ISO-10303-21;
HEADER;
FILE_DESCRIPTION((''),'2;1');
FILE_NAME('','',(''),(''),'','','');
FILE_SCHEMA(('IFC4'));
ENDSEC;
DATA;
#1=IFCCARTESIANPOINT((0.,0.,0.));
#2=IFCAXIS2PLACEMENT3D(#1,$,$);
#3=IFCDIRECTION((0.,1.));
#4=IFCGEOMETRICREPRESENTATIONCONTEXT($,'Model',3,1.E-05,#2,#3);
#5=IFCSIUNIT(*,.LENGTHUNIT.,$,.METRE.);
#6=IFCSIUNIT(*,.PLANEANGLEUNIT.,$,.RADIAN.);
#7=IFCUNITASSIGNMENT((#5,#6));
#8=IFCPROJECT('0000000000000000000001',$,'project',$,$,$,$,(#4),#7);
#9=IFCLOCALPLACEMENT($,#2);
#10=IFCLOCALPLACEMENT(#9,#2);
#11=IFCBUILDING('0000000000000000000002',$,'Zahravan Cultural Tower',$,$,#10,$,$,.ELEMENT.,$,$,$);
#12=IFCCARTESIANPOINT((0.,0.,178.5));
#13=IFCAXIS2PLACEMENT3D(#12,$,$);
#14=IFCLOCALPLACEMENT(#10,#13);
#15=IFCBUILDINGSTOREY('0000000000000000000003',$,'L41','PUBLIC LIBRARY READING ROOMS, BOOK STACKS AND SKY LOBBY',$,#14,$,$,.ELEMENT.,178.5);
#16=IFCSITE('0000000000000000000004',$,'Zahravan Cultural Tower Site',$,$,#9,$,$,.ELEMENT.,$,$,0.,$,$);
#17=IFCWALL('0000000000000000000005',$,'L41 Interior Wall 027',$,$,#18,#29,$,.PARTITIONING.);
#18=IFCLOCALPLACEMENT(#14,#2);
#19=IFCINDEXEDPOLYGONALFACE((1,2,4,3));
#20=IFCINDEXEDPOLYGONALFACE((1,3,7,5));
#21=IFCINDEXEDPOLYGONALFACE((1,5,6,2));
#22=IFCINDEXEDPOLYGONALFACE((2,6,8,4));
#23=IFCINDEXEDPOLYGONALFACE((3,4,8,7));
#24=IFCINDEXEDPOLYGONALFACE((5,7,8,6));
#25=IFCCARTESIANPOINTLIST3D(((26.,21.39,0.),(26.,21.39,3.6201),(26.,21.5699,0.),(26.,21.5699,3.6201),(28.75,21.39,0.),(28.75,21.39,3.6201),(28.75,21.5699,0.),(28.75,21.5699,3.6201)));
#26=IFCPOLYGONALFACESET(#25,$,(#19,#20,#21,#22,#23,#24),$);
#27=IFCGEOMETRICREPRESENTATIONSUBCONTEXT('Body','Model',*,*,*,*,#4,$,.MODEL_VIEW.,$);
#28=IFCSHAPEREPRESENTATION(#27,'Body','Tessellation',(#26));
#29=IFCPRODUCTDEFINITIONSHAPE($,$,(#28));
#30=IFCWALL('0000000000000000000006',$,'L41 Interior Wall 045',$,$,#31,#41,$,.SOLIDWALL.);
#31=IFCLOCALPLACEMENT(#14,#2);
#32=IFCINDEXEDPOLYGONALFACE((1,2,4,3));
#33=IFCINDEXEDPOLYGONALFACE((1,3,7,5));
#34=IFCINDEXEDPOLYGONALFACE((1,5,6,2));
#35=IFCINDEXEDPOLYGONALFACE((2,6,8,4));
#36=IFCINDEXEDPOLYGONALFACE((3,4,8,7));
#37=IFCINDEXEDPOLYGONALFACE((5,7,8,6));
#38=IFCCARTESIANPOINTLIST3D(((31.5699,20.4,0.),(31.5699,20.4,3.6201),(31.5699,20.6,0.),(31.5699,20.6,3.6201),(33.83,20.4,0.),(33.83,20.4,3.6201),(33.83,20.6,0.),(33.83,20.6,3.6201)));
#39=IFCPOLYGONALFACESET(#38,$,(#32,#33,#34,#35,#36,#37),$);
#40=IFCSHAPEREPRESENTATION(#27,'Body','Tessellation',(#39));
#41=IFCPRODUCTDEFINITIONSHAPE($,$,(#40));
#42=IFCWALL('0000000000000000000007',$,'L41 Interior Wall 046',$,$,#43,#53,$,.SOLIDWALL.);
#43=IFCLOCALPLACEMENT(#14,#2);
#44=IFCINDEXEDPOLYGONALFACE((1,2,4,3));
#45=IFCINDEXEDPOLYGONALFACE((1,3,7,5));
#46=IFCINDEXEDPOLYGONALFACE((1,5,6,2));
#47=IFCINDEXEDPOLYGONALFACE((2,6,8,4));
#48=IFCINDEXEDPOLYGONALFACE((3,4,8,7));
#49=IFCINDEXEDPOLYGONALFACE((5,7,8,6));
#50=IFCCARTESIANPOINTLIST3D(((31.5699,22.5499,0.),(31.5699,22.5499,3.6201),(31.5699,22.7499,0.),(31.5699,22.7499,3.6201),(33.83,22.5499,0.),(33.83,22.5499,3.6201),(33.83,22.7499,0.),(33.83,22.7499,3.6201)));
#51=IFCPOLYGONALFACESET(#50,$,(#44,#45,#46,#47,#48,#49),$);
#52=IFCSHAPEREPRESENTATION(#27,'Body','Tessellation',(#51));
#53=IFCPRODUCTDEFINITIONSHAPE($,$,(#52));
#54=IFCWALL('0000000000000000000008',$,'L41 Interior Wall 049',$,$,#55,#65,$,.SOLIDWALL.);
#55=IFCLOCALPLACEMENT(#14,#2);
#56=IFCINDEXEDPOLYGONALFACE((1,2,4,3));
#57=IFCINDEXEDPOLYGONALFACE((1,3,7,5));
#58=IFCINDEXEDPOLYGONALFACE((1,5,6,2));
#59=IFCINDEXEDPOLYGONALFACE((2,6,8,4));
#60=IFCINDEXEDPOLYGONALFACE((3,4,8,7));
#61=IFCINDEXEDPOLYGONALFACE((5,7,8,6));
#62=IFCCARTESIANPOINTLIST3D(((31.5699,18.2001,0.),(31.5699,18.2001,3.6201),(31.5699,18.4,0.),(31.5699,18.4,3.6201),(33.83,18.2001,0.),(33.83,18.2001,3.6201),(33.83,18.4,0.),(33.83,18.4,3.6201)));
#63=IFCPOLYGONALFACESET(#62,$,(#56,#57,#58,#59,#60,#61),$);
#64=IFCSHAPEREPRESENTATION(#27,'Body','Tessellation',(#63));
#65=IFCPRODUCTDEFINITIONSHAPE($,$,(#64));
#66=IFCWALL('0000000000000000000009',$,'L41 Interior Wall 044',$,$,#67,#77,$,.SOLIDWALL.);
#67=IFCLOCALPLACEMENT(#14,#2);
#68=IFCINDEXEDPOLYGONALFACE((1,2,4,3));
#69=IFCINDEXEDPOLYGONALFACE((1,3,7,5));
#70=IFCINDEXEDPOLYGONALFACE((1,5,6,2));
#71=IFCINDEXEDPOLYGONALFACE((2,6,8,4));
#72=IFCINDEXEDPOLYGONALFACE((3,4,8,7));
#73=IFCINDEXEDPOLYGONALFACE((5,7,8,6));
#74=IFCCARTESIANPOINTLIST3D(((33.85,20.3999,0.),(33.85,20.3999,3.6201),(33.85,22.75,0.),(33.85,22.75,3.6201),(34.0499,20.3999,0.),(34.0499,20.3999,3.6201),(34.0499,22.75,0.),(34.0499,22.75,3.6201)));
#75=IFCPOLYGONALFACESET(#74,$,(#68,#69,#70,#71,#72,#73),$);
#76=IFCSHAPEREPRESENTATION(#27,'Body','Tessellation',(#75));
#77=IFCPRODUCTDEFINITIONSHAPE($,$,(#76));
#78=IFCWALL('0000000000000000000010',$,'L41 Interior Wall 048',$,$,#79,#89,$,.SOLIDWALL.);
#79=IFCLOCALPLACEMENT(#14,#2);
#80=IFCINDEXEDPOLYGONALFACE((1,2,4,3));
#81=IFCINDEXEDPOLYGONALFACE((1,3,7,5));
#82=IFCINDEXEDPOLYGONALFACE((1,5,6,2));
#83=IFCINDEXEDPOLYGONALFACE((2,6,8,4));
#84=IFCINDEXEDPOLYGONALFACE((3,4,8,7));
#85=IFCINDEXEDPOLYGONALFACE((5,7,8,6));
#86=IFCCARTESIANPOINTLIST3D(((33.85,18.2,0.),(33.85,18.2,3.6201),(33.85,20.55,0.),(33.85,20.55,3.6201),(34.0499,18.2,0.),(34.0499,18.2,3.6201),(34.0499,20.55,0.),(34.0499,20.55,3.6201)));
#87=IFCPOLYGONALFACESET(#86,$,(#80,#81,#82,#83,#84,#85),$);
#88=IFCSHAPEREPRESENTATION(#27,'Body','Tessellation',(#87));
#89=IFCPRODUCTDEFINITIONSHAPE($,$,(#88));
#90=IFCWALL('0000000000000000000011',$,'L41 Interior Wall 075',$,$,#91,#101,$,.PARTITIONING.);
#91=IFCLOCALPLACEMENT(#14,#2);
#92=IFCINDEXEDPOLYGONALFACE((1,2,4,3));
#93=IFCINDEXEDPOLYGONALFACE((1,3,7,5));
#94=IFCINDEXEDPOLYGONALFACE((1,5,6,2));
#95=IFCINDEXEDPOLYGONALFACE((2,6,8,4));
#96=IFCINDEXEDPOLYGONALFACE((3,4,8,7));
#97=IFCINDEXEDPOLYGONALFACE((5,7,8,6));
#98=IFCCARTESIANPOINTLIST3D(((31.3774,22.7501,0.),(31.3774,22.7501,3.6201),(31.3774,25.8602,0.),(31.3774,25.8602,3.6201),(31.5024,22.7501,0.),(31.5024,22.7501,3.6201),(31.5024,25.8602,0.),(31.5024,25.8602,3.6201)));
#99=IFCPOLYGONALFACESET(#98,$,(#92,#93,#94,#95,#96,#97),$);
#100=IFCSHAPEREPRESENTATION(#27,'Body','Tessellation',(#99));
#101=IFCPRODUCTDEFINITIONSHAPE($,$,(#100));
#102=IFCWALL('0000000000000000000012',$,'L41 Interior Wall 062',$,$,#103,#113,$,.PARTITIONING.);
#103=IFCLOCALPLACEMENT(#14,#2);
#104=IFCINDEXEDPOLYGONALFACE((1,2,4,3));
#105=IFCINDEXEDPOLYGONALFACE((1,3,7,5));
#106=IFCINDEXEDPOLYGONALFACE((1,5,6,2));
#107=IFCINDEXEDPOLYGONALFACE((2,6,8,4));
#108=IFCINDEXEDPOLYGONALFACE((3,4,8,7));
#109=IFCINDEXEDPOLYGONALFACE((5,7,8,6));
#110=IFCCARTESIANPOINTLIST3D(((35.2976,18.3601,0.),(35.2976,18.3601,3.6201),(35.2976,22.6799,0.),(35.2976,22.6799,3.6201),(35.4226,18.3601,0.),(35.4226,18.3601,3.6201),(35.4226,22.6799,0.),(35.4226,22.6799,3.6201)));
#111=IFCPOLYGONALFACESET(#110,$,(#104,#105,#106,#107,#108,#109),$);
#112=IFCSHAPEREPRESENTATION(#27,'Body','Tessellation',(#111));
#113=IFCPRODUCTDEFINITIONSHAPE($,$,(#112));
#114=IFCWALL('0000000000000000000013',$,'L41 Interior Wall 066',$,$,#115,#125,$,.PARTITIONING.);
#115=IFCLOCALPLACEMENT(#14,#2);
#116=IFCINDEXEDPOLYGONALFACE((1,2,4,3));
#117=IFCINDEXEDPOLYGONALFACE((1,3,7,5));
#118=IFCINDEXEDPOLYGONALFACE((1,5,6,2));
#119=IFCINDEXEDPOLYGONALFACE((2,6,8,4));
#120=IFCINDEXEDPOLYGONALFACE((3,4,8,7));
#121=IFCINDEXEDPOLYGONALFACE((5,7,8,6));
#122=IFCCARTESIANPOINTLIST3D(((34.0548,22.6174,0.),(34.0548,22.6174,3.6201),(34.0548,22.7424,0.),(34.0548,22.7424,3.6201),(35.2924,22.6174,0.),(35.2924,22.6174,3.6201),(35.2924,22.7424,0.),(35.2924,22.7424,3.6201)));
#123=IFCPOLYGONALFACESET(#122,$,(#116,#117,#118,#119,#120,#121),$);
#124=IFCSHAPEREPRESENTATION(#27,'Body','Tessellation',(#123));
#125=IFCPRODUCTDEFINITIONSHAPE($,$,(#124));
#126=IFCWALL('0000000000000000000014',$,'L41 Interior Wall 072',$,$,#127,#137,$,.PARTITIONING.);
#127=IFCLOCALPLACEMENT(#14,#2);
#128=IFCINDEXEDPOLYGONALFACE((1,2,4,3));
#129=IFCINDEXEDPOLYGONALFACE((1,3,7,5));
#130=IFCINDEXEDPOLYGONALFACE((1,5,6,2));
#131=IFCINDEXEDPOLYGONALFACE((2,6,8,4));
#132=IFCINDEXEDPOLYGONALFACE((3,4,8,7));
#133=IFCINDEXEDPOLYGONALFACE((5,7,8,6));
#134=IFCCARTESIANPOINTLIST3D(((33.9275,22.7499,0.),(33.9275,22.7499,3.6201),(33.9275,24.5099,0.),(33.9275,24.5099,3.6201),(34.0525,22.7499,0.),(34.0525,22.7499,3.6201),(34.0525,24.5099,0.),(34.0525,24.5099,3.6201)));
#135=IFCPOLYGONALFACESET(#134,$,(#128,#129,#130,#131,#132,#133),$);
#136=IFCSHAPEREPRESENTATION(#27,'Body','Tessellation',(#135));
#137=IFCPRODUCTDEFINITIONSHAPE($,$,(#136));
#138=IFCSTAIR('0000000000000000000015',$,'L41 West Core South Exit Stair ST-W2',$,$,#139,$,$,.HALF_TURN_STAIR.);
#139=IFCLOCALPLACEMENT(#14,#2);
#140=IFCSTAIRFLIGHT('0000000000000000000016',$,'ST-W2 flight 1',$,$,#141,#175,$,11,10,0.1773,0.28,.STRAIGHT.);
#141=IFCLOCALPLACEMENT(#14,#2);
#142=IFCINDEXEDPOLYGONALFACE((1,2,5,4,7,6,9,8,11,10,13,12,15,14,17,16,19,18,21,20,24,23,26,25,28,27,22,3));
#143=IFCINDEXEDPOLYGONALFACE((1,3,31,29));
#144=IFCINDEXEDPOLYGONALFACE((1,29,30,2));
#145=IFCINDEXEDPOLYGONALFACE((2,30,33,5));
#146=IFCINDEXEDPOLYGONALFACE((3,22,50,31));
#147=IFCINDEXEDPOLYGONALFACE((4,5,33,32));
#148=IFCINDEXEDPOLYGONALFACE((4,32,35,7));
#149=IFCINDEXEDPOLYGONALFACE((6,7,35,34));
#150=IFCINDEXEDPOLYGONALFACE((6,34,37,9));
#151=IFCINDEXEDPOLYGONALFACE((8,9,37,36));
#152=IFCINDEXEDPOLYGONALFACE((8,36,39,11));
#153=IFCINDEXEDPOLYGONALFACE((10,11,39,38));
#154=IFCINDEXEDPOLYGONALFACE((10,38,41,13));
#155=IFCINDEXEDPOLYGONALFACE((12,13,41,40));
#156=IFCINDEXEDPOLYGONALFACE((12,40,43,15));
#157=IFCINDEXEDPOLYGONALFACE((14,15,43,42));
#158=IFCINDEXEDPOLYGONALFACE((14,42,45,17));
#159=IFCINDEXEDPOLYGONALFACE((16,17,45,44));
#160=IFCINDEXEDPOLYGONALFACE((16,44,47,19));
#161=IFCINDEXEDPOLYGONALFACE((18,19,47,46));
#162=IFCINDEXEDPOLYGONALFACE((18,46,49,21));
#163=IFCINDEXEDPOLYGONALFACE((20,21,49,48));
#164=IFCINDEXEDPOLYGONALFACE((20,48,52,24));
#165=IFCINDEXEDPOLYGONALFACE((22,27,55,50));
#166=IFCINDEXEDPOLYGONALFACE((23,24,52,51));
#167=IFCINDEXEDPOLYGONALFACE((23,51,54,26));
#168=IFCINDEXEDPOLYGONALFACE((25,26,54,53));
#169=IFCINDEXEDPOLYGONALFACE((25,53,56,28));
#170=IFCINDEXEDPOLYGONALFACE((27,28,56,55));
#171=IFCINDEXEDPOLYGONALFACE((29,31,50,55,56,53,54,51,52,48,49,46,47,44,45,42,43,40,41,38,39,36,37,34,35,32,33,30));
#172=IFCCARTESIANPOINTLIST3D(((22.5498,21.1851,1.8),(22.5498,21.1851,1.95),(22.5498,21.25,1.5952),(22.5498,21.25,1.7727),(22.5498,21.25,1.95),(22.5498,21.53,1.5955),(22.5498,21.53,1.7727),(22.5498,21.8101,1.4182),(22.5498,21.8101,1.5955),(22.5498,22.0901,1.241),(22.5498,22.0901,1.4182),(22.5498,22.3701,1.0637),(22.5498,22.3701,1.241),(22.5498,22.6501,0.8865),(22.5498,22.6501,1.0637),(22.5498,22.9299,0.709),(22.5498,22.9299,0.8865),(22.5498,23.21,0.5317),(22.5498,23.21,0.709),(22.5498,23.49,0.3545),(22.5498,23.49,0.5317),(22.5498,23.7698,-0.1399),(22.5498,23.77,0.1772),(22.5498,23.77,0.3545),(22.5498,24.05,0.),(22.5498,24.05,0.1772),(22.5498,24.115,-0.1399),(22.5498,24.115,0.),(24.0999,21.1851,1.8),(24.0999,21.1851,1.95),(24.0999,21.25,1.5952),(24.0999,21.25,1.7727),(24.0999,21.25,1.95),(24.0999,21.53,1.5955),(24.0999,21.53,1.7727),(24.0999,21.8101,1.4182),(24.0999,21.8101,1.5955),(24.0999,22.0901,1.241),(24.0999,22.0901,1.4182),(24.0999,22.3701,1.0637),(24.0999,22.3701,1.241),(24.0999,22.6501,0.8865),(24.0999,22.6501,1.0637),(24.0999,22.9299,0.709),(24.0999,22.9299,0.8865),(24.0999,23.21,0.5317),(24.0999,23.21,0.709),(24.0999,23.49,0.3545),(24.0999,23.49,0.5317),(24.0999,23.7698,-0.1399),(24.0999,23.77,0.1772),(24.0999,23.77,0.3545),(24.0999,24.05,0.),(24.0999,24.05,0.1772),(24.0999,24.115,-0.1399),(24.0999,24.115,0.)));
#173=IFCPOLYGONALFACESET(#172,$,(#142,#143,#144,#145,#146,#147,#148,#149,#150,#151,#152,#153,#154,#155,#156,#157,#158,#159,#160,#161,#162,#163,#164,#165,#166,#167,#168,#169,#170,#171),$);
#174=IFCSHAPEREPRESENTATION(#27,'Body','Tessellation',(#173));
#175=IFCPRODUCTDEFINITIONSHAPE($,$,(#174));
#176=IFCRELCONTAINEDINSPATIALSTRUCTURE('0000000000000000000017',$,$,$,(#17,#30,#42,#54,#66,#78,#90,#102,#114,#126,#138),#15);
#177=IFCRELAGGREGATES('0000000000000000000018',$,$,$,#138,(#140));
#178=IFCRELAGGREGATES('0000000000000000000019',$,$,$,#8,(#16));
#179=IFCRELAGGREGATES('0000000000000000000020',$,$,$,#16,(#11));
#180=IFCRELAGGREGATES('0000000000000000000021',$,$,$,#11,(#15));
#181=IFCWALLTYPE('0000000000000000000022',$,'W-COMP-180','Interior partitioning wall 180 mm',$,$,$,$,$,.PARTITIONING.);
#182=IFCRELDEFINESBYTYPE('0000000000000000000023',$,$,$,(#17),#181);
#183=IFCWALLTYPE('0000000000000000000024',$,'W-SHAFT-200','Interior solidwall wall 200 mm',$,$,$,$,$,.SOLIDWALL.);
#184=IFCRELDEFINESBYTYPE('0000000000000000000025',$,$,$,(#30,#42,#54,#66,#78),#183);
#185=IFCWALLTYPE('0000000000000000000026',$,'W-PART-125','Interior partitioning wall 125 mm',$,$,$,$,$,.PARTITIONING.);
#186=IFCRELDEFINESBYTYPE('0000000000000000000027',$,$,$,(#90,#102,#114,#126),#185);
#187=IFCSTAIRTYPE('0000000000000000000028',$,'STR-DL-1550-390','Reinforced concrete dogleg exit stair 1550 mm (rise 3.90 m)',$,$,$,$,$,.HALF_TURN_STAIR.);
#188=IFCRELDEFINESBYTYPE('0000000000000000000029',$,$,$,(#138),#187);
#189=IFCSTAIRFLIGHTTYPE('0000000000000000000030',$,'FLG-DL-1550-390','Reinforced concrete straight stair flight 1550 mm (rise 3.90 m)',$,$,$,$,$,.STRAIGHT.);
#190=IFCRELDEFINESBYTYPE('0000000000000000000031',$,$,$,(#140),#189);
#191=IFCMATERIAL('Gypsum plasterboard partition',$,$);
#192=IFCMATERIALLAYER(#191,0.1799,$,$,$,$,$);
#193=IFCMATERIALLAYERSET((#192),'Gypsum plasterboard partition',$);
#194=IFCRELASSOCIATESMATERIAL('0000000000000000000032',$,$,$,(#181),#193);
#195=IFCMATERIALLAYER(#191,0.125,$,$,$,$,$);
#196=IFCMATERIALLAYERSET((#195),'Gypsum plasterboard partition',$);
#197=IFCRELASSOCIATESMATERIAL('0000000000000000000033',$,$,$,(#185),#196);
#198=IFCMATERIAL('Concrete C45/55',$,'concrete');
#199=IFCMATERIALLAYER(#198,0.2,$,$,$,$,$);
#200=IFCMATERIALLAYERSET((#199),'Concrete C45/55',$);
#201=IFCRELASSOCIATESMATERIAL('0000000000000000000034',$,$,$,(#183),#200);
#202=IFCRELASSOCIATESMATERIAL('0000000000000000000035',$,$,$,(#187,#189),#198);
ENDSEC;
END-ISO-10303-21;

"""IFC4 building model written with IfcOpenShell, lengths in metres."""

from ifc_helpers import new_model, si_unit, direction, frame, frame_2d, origin, place, context, subcontext, project, spatial, polyline, rectangle, outline, extrude, source, transform, mapped, material, layer, layer_set, type_object, element, aggregate, save


model = new_model("IFC4")

# Units and contexts
model_context = context("Model", 3, precision=1e-05, world=origin(), true_north=direction((0.0, 1.0)))
body_context = subcontext(model_context, "Body", "Model", "MODEL_VIEW")
ifc_project = project(units=[si_unit("LENGTHUNIT", "METRE"), si_unit("PLANEANGLEUNIT", "RADIAN")], contexts=[model_context])

# Site, building, storey
site_placement = place(None, origin())
site = spatial("IfcSite", under=ifc_project, at=site_placement, Name="Zahravan Cultural Tower Site", CompositionType="ELEMENT", RefElevation=0.0)
building_placement = place(site_placement, origin())
building = spatial("IfcBuilding", under=site, at=building_placement, Name="Zahravan Cultural Tower", CompositionType="ELEMENT")
storey_placement = place(building_placement, frame((0.0, 0.0, 178.5)))
storey = spatial("IfcBuildingStorey", under=building, at=storey_placement, Name="L41", Description="PUBLIC LIBRARY READING ROOMS, BOOK STACKS AND SKY LOBBY", CompositionType="ELEMENT", Elevation=178.5)

# Shared definitions
ifc_material_1 = material(Name="Gypsum plasterboard partition")
ifc_layer_1 = layer(ifc_material_1, 0.1799)
ifc_layer_set_1 = layer_set([ifc_layer_1], Name="Gypsum plasterboard partition")
wall_type_1 = type_object("IfcWallType", Name="W-COMP-180", Description="Interior partitioning wall 180 mm", PredefinedType="PARTITIONING", material=ifc_layer_set_1)
ifc_layer_2 = layer(ifc_material_1, 0.125)
ifc_layer_set_2 = layer_set([ifc_layer_2], Name="Gypsum plasterboard partition")
wall_type_2 = type_object("IfcWallType", Name="W-PART-125", Description="Interior partitioning wall 125 mm", PredefinedType="PARTITIONING", material=ifc_layer_set_2)
ifc_material_2 = material(Name="Concrete C45/55", Category="concrete")
ifc_layer_3 = layer(ifc_material_2, 0.2)
ifc_layer_set_3 = layer_set([ifc_layer_3], Name="Concrete C45/55")
wall_type_3 = type_object("IfcWallType", Name="W-SHAFT-200", Description="Interior solidwall wall 200 mm", PredefinedType="SOLIDWALL", material=ifc_layer_set_3)

# Walls
shared_shape_1 = source(origin(), body_context, "Body", "SweptSolid", [
    extrude(rectangle(XDim=2.75, YDim=0.1799, at=frame_2d((1.375, 0.0))), origin(), (0.0, 0.0, 1.0), 3.6201),
])
wall_1_placement = place(storey_placement, frame((26.0, 21.48, 0.0), z_axis=(0.0, 0.0, 1.0), x_axis=(1.0, 0.0, 0.0)))
element("IfcWall", 1, at=wall_1_placement, inside=storey, type_object=wall_type_1, Name="L41 Interior Wall 027", PredefinedType="PARTITIONING", context=body_context, shape_type="MappedRepresentation", body=[
    mapped(shared_shape_1, transform((0.0, 0.0, 0.0), x_axis=(1.0, 0.0, 0.0), y_axis=(0.0, 1.0, 0.0), z_axis=(0.0, 0.0, 1.0), scale=1.0)),
])
shared_shape_2 = source(origin(), body_context, "Body", "SweptSolid", [
    extrude(rectangle(XDim=2.26, YDim=0.2, at=frame_2d((1.1299, 0.0))), origin(), (0.0, 0.0, 1.0), 3.6201),
])
for number, where, z_axis, x_axis, name in (
    (2, (31.5701, 20.5, 0.0), (0.0, 0.0, 1.0), (1.0, 0.0, 0.0), "L41 Interior Wall 045"),
    (3, (31.5701, 22.6499, 0.0), (0.0, 0.0, 1.0), (1.0, 0.0, 0.0), "L41 Interior Wall 046"),
    (4, (31.5701, 18.3, 0.0), (0.0, 0.0, 1.0), (1.0, 0.0, 0.0), "L41 Interior Wall 049"),
):
    element("IfcWall", number, at=place(storey_placement, frame(where, z_axis=z_axis, x_axis=x_axis)), inside=storey, type_object=wall_type_3, Name=name, PredefinedType="SOLIDWALL", context=body_context, shape_type="MappedRepresentation", body=[
        mapped(shared_shape_2, transform((0.0, 0.0, 0.0), x_axis=(1.0, 0.0, 0.0), y_axis=(0.0, 1.0, 0.0), z_axis=(0.0, 0.0, 1.0), scale=1.0)),
    ])
shared_shape_3 = source(origin(), body_context, "Body", "SweptSolid", [
    extrude(rectangle(XDim=2.3501, YDim=0.2, at=frame_2d((1.175, 0.0))), origin(), (0.0, 0.0, 1.0), 3.6201),
])
for number, where, z_axis, x_axis, name in (
    (5, (33.95, 20.3999, 0.0), (0.0, 0.0, 1.0), (0.0, 1.0, 0.0), "L41 Interior Wall 044"),
    (6, (33.95, 18.2, 0.0), (0.0, 0.0, 1.0), (0.0, 1.0, 0.0), "L41 Interior Wall 048"),
):
    element("IfcWall", number, at=place(storey_placement, frame(where, z_axis=z_axis, x_axis=x_axis)), inside=storey, type_object=wall_type_3, Name=name, PredefinedType="SOLIDWALL", context=body_context, shape_type="MappedRepresentation", body=[
        mapped(shared_shape_3, transform((0.0, 0.0, 0.0), x_axis=(1.0, 0.0, 0.0), y_axis=(0.0, 1.0, 0.0), z_axis=(0.0, 0.0, 1.0), scale=1.0)),
    ])
shared_shape_4 = source(origin(), body_context, "Body", "SweptSolid", [
    extrude(rectangle(XDim=3.1101, YDim=0.125, at=frame_2d((1.5552, 0.0))), origin(), (0.0, 0.0, 1.0), 3.6201),
])
wall_2_placement = place(storey_placement, frame((31.4399, 22.75, 0.0), z_axis=(0.0, 0.0, 1.0), x_axis=(0.0, 1.0, 0.0)))
element("IfcWall", 7, at=wall_2_placement, inside=storey, type_object=wall_type_2, Name="L41 Interior Wall 075", PredefinedType="PARTITIONING", context=body_context, shape_type="MappedRepresentation", body=[
    mapped(shared_shape_4, transform((0.0, 0.0, 0.0), x_axis=(1.0, 0.0, 0.0), y_axis=(0.0, 1.0, 0.0), z_axis=(0.0, 0.0, 1.0), scale=1.0)),
])
shared_shape_5 = source(origin(), body_context, "Body", "SweptSolid", [
    extrude(rectangle(XDim=4.3198, YDim=0.125, at=frame_2d((2.1599, 0.0))), origin(), (0.0, 0.0, 1.0), 3.6201),
])
wall_3_placement = place(storey_placement, frame((35.3601, 18.3601, 0.0), z_axis=(0.0, 0.0, 1.0), x_axis=(0.0, 1.0, 0.0)))
element("IfcWall", 8, at=wall_3_placement, inside=storey, type_object=wall_type_2, Name="L41 Interior Wall 062", PredefinedType="PARTITIONING", context=body_context, shape_type="MappedRepresentation", body=[
    mapped(shared_shape_5, transform((0.0, 0.0, 0.0), x_axis=(1.0, 0.0, 0.0), y_axis=(0.0, 1.0, 0.0), z_axis=(0.0, 0.0, 1.0), scale=1.0)),
])
shared_shape_6 = source(origin(), body_context, "Body", "SweptSolid", [
    extrude(rectangle(XDim=1.2375, YDim=0.125, at=frame_2d((0.6187, 0.0))), origin(), (0.0, 0.0, 1.0), 3.6201),
])
wall_4_placement = place(storey_placement, frame((34.0549, 22.6799, 0.0), z_axis=(0.0, 0.0, 1.0), x_axis=(1.0, 0.0, 0.0)))
element("IfcWall", 9, at=wall_4_placement, inside=storey, type_object=wall_type_2, Name="L41 Interior Wall 066", PredefinedType="PARTITIONING", context=body_context, shape_type="MappedRepresentation", body=[
    mapped(shared_shape_6, transform((0.0, 0.0, 0.0), x_axis=(1.0, 0.0, 0.0), y_axis=(0.0, 1.0, 0.0), z_axis=(0.0, 0.0, 1.0), scale=1.0)),
])
shared_shape_7 = source(origin(), body_context, "Body", "SweptSolid", [
    extrude(rectangle(XDim=1.76, YDim=0.125, at=frame_2d((0.8799, 0.0))), origin(), (0.0, 0.0, 1.0), 3.6201),
])
wall_5_placement = place(storey_placement, frame((33.99, 22.75, 0.0), z_axis=(0.0, 0.0, 1.0), x_axis=(0.0, 1.0, 0.0)))
element("IfcWall", 10, at=wall_5_placement, inside=storey, type_object=wall_type_2, Name="L41 Interior Wall 072", PredefinedType="PARTITIONING", context=body_context, shape_type="MappedRepresentation", body=[
    mapped(shared_shape_7, transform((0.0, 0.0, 0.0), x_axis=(1.0, 0.0, 0.0), y_axis=(0.0, 1.0, 0.0), z_axis=(0.0, 0.0, 1.0), scale=1.0)),
])

# Stair, stair flight
stair_type = type_object("IfcStairType", Name="STR-DL-1550-390", Description="Reinforced concrete dogleg exit stair 1550 mm (rise 3.90 m)", PredefinedType="HALF_TURN_STAIR", material=ifc_material_2)
stair_placement = place(storey_placement, origin())
stair = element("IfcStair", 11, at=stair_placement, inside=storey, type_object=stair_type, Name="L41 West Core South Exit Stair ST-W2", PredefinedType="HALF_TURN_STAIR")
stair_flight_type = type_object("IfcStairFlightType", Name="FLG-DL-1550-390", Description="Reinforced concrete straight stair flight 1550 mm (rise 3.90 m)", PredefinedType="STRAIGHT", material=ifc_material_2)
stair_flight_1_placement = place(storey_placement, frame((23.325, 24.05, 0.0), z_axis=(0.0, 0.0, 1.0), x_axis=(0.0, -1.0, 0.0)))
stair_flight_1 = element("IfcStairFlight", 12, at=stair_flight_1_placement, type_object=stair_flight_type, Name="ST-W2 flight 1", NumberOfRisers=11, NumberOfTreads=10, PredefinedType="STRAIGHT", RiserHeight=0.1773, TreadLength=0.28, context=body_context, shape_type="SweptSolid", body=[
    extrude(outline(polyline([(-0.0649, -0.1399), (-0.0649, 0.0), (0.0, 0.0), (0.0, 0.1772), (0.28, 0.1772), (0.28, 0.3545), (0.5601, 0.3545), (0.5601, 0.5317), (0.8401, 0.5317), (0.8401, 0.709), (1.1201, 0.709), (1.1201, 0.8865), (1.3999, 0.8865), (1.3999, 1.0637), (1.6799, 1.0637), (1.6799, 1.241), (1.96, 1.241), (1.96, 1.4182), (2.24, 1.4182), (2.24, 1.5955), (2.52, 1.5955), (2.52, 1.7727), (2.8, 1.7727), (2.8, 1.95), (2.865, 1.95), (2.865, 1.8), (2.8, 1.5952), (0.2803, -0.1399), (-0.0649, -0.1399)])), frame((0.0, 0.7749, 0.0), z_axis=(0.0, -1.0, 0.0), x_axis=(1.0, 0.0, 0.0)), (0.0, 0.0, 1.0), 1.55),
])
aggregate(stair, [stair_flight_1])

save(model, "model.ifc")
